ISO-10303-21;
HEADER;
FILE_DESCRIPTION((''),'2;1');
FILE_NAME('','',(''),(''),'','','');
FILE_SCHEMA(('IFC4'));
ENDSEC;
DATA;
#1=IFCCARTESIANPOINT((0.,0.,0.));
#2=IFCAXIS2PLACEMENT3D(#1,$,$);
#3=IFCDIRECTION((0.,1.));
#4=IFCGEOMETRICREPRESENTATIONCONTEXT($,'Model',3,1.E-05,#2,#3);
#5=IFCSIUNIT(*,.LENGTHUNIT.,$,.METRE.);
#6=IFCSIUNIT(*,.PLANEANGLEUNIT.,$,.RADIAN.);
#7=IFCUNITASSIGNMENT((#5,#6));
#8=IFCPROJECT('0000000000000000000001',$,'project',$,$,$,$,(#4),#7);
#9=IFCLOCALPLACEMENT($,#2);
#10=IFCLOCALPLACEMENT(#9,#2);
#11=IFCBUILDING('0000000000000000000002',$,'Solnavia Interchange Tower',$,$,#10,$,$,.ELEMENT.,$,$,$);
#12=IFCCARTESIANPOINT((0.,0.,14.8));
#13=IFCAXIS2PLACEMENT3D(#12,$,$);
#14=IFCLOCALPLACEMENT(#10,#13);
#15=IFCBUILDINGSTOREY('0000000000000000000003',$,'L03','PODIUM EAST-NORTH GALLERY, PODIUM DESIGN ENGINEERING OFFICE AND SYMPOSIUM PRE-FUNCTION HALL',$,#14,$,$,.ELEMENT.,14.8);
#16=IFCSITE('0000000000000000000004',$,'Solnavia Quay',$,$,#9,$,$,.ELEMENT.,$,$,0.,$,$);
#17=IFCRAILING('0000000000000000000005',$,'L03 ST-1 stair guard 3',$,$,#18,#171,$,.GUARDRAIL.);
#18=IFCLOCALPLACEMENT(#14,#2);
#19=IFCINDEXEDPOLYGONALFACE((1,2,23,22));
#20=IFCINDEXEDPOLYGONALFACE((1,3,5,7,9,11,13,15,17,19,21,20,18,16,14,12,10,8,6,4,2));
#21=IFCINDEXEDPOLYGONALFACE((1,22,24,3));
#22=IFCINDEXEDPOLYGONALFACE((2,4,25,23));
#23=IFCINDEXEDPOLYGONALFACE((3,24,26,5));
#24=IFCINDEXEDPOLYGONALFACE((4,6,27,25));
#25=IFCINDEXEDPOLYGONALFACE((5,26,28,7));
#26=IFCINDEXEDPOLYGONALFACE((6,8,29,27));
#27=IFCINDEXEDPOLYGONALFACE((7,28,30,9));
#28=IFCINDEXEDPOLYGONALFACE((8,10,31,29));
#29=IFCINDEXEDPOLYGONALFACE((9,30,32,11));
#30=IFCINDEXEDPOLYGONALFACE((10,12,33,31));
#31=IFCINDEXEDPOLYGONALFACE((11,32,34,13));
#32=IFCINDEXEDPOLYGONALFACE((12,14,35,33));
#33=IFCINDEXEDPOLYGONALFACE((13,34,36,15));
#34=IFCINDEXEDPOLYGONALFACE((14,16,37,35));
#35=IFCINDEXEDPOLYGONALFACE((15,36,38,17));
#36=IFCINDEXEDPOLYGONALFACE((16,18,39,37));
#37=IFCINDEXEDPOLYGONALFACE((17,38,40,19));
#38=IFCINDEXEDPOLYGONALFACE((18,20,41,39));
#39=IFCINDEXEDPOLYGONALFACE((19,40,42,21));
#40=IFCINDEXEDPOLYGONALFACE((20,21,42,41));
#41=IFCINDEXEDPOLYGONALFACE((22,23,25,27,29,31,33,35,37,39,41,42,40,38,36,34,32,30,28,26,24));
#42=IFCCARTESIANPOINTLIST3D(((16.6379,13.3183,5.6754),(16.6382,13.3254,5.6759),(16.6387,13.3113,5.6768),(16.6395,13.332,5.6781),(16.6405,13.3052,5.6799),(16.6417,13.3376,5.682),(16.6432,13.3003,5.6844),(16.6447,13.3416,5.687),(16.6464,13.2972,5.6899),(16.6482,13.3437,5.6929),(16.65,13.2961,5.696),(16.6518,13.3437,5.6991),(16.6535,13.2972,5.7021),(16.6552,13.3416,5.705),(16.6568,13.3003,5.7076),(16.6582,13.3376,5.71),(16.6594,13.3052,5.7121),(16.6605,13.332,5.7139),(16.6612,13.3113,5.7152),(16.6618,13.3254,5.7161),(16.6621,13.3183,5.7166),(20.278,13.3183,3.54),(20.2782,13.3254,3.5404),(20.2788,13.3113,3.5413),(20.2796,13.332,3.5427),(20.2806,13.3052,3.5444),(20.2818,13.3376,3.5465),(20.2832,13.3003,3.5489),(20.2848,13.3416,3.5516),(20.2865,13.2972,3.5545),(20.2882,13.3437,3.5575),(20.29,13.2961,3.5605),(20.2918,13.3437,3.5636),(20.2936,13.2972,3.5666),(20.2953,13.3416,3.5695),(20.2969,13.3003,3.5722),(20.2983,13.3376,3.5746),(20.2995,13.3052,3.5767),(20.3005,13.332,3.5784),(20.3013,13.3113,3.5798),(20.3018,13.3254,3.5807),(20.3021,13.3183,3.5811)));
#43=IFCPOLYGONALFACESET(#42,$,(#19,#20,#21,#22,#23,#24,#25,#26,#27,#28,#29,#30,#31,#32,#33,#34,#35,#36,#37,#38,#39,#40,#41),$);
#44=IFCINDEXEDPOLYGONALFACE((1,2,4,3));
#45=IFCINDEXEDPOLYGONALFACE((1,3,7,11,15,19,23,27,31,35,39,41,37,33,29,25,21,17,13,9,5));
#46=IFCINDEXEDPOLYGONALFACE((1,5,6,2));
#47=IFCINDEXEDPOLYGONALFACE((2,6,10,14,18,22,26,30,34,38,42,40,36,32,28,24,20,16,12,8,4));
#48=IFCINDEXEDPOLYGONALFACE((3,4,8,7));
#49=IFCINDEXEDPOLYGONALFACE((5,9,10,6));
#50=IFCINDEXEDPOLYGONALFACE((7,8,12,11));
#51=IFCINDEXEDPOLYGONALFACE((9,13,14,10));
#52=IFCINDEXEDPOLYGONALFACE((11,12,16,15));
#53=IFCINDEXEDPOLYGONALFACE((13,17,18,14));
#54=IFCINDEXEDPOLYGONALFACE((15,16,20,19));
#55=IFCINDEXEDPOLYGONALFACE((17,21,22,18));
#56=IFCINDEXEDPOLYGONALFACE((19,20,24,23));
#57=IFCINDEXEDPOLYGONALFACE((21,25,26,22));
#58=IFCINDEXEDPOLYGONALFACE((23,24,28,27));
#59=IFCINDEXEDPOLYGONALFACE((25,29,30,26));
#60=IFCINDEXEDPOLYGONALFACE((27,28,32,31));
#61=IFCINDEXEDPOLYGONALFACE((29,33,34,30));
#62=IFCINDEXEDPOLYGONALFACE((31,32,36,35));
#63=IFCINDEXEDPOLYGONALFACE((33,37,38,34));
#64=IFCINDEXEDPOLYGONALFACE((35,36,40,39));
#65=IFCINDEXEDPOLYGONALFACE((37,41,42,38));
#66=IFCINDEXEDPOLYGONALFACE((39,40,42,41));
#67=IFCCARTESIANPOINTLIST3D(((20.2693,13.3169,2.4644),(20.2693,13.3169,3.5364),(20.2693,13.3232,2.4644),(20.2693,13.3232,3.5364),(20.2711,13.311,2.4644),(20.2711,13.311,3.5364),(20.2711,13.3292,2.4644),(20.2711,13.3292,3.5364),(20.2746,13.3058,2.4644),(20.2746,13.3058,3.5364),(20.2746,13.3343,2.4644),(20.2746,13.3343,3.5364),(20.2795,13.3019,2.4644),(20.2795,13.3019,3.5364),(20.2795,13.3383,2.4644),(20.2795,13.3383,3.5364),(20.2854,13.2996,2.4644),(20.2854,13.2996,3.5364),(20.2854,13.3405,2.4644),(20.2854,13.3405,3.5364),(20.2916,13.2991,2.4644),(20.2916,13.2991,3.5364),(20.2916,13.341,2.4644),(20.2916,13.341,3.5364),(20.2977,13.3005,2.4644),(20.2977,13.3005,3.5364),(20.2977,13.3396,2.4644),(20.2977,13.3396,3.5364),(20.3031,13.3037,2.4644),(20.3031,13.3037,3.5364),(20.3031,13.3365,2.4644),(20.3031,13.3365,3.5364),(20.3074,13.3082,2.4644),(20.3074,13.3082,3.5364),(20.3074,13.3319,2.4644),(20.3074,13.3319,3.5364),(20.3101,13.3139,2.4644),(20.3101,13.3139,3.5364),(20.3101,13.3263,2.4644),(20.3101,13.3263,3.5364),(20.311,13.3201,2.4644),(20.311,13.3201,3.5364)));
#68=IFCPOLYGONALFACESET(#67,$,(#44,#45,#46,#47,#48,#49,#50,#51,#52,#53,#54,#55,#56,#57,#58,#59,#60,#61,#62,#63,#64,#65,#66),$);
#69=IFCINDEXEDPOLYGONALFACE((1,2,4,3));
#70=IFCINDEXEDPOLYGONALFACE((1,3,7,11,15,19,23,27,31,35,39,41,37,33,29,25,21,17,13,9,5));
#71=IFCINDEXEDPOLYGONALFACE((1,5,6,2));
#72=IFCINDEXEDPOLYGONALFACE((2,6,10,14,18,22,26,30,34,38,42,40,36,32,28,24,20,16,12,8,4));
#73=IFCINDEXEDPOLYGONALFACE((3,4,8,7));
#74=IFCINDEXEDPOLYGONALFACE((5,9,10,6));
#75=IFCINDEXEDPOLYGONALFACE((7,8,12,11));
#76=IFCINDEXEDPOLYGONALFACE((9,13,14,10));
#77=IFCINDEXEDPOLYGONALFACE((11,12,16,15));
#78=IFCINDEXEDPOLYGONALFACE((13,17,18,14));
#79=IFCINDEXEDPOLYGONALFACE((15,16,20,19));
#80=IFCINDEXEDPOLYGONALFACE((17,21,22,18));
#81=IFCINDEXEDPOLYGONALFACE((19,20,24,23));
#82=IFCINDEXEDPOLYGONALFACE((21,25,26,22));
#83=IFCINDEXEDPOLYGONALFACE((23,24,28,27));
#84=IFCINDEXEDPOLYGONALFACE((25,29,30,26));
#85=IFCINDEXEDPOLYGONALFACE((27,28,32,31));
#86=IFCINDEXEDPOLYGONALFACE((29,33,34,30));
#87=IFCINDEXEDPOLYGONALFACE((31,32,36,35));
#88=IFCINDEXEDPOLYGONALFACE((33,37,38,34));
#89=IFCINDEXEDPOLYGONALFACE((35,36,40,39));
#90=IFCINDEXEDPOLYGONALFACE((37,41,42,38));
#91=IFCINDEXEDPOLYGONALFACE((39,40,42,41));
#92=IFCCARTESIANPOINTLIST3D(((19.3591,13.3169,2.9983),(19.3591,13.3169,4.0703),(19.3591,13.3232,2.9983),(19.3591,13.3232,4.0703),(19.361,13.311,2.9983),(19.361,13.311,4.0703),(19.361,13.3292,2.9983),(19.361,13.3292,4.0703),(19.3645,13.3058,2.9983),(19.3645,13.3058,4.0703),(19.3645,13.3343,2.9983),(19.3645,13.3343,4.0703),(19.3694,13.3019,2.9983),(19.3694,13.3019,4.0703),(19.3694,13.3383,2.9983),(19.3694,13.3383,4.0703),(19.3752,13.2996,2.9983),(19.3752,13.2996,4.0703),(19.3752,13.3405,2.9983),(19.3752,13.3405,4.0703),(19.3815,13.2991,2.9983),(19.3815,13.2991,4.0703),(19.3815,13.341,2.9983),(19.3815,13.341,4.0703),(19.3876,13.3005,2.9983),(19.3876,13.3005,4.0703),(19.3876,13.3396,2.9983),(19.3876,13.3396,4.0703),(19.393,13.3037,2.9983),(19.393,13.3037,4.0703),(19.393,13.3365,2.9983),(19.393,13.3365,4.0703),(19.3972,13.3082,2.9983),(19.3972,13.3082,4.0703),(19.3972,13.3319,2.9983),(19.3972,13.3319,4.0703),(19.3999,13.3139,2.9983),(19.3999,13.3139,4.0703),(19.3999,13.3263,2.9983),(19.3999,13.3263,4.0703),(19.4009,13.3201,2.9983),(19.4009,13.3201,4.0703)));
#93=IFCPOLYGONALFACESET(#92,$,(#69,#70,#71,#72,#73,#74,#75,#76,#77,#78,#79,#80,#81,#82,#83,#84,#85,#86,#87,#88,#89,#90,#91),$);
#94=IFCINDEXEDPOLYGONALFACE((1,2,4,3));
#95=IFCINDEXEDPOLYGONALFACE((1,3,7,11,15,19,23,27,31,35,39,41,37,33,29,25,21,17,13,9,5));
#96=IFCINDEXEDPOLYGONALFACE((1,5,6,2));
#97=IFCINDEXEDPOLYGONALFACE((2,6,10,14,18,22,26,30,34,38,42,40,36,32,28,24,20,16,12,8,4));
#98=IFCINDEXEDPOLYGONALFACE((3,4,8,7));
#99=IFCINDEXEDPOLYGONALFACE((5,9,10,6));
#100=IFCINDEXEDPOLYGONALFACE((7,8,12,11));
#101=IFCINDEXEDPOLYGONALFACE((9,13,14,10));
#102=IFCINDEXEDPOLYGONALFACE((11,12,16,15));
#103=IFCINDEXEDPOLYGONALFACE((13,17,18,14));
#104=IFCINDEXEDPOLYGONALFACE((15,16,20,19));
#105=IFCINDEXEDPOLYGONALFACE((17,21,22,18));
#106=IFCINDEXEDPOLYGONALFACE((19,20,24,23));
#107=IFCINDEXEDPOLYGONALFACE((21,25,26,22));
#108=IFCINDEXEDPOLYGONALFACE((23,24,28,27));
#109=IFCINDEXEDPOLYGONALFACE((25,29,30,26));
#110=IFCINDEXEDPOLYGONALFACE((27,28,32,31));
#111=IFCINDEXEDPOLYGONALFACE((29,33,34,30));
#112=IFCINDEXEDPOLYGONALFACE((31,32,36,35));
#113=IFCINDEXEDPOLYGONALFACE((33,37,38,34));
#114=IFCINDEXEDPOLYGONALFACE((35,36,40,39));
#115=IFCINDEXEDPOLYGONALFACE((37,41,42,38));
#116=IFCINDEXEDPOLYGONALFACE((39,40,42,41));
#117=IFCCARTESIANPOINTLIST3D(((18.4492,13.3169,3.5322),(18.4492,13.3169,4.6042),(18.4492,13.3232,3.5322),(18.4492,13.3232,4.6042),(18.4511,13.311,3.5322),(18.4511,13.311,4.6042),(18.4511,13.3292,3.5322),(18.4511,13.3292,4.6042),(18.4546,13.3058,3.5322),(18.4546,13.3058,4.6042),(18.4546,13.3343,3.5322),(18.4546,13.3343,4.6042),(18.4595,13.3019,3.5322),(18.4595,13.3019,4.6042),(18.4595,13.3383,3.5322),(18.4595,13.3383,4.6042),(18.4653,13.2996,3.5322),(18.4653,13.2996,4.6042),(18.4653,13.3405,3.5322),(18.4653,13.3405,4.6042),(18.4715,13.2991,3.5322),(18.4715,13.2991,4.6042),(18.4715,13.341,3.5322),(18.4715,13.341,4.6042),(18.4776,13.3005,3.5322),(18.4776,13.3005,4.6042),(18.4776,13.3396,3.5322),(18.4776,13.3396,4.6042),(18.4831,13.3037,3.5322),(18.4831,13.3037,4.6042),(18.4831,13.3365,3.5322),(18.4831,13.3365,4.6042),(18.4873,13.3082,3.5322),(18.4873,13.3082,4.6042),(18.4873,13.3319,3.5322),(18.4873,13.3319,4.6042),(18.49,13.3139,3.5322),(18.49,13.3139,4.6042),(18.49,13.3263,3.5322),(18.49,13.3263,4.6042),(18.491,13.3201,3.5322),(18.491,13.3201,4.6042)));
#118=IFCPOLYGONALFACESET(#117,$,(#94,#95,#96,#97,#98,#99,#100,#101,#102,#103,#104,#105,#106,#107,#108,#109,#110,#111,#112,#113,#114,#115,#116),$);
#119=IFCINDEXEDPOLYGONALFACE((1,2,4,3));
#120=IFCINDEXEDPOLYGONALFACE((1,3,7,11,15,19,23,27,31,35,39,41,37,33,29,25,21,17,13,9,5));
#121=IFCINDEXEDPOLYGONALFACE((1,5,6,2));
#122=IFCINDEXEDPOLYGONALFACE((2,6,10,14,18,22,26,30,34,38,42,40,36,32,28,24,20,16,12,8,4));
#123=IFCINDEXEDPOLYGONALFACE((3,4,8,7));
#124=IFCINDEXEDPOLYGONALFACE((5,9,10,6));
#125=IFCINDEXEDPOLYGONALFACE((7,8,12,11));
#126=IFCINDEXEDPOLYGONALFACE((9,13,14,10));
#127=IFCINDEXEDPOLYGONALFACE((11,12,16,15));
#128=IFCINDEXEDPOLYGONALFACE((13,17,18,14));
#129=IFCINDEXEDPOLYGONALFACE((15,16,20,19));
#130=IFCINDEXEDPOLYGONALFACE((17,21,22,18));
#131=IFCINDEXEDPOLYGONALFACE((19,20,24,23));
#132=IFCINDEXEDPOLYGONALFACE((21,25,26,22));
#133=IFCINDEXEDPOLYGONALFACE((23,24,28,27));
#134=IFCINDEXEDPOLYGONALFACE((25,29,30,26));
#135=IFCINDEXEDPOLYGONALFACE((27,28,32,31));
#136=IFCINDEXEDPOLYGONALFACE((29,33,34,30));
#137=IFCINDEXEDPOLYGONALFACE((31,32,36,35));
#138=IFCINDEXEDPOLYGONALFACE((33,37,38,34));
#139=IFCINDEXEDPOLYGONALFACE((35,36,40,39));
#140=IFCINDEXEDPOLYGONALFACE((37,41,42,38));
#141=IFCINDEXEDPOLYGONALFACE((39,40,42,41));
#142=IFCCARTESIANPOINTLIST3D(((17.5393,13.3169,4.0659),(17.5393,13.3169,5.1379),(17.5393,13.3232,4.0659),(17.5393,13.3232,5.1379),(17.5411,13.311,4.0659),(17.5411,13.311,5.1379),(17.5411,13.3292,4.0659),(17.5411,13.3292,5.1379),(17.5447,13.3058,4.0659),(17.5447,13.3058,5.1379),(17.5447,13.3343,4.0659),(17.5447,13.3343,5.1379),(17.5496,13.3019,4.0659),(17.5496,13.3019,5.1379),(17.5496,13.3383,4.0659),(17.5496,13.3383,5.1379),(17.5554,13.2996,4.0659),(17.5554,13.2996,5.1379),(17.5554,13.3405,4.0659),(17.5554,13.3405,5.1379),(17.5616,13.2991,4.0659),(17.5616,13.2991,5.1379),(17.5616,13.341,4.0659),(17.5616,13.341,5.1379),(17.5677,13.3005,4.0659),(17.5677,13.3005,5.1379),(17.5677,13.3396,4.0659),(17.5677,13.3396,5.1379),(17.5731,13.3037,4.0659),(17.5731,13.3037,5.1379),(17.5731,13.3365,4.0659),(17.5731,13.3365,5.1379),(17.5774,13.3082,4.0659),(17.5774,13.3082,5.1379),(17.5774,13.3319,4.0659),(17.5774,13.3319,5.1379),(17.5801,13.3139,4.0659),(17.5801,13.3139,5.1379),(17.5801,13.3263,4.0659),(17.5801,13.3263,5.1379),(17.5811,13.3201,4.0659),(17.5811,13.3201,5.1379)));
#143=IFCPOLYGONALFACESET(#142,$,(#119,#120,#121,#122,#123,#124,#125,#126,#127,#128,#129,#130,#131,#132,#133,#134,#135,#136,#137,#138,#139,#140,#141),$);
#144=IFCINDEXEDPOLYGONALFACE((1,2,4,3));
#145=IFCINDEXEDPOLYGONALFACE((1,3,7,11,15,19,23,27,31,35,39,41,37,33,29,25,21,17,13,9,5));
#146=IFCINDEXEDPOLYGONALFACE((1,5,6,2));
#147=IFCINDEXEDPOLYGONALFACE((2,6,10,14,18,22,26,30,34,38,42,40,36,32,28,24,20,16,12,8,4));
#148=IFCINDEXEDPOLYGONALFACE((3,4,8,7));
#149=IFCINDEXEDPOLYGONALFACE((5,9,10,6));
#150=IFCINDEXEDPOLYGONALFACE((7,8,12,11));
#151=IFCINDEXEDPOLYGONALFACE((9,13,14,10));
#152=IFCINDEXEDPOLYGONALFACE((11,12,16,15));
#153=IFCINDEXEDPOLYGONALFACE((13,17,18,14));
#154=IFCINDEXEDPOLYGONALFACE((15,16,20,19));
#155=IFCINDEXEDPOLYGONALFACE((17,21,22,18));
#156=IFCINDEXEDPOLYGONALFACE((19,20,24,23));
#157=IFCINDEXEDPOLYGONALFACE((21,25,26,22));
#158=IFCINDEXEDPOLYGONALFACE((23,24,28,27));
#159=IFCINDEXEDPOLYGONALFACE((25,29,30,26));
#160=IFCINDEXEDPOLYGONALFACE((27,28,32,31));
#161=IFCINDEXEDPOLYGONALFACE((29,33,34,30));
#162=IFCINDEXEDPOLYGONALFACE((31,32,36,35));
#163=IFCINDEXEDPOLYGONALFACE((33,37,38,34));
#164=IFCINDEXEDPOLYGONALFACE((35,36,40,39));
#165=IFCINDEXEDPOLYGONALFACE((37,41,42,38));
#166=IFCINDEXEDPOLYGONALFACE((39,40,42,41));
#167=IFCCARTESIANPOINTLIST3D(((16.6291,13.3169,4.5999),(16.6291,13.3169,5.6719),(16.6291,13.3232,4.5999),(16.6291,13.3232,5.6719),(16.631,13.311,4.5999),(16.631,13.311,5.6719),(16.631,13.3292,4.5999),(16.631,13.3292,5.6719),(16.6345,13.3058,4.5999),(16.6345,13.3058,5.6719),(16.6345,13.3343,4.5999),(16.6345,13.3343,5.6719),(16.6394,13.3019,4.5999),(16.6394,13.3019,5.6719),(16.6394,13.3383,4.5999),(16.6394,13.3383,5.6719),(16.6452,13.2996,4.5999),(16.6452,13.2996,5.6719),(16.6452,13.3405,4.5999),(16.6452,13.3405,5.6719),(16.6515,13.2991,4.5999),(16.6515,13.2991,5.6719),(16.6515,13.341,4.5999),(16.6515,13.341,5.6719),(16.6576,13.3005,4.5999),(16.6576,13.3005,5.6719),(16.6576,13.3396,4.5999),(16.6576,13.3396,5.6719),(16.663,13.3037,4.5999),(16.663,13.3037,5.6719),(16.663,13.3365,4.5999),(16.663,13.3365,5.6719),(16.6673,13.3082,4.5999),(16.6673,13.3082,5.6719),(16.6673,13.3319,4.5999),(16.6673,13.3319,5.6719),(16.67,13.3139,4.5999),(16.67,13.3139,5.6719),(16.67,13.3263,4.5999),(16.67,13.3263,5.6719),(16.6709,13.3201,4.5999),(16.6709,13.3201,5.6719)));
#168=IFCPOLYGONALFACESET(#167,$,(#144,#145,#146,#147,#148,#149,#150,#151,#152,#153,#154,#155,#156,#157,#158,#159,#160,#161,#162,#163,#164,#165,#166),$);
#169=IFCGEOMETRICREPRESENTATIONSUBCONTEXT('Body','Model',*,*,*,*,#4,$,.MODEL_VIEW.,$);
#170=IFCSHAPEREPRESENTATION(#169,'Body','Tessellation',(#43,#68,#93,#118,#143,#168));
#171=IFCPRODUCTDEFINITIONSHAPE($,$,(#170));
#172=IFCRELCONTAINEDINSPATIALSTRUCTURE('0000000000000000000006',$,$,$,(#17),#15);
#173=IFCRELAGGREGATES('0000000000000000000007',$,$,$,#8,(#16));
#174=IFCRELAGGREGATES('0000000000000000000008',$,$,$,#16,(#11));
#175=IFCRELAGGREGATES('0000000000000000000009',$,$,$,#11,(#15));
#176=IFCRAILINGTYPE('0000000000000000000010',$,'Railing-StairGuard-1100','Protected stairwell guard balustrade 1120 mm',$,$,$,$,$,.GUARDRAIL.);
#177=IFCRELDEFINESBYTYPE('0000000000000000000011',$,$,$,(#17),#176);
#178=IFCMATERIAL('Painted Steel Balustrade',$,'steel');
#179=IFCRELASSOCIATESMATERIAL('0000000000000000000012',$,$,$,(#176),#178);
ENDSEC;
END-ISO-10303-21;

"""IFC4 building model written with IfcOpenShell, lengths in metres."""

from ifc_helpers import new_model, si_unit, direction, frame, origin, origin_2d, place, context, subcontext, project, spatial, circle, extrude, material, type_object, element, save


model = new_model("IFC4")

# Units and contexts
model_context = context("Model", 3, precision=1e-05, world=origin(), true_north=direction((0.0, 1.0)))
body_context = subcontext(model_context, "Body", "Model", "MODEL_VIEW")
ifc_project = project(units=[si_unit("LENGTHUNIT", "METRE"), si_unit("PLANEANGLEUNIT", "RADIAN")], contexts=[model_context])

# Site, building, storey
site_placement = place(None, origin())
site = spatial("IfcSite", under=ifc_project, at=site_placement, Name="Solnavia Quay", CompositionType="ELEMENT", RefElevation=0.0)
building_placement = place(site_placement, origin())
building = spatial("IfcBuilding", under=site, at=building_placement, Name="Solnavia Interchange Tower", CompositionType="ELEMENT")
storey_placement = place(building_placement, frame((0.0, 0.0, 14.8)))
storey = spatial("IfcBuildingStorey", under=building, at=storey_placement, Name="L03", Description="PODIUM EAST-NORTH GALLERY, PODIUM DESIGN ENGINEERING OFFICE AND SYMPOSIUM PRE-FUNCTION HALL", CompositionType="ELEMENT", Elevation=14.8)

# Railing
ifc_material_1 = material(Name="Painted Steel Balustrade", Category="steel")
railing_type_1 = type_object("IfcRailingType", Name="Railing-StairGuard-1100", Description="Protected stairwell guard balustrade 1120 mm", PredefinedType="GUARDRAIL", material=ifc_material_1)
railing_1_placement = place(storey_placement, frame((20.29, 13.3201, 2.4644)))
element("IfcRailing", 1, at=railing_1_placement, inside=storey, type_object=railing_type_1, Name="L03 ST-1 stair guard 3", PredefinedType="GUARDRAIL", context=body_context, shape_type="SweptSolid", body=[
    extrude(circle(Radius=0.0239, at=origin_2d()), frame((0.0, 0.0, 1.0962), z_axis=(-0.86253, 0.0, 0.506006), x_axis=(0.0, -1.0, 0.0)), (0.0, 0.0, 1.0), 4.2202),
    extrude(circle(Radius=0.021, at=origin_2d()), origin(), (0.0, 0.0, 1.0), 1.072),
    extrude(circle(Radius=0.021, at=origin_2d()), frame((-0.9102, 0.0, 0.5339)), (0.0, 0.0, 1.0), 1.072),
    extrude(circle(Radius=0.021, at=origin_2d()), frame((-1.8201, 0.0, 1.0679)), (0.0, 0.0, 1.0), 1.072),
    extrude(circle(Radius=0.021, at=origin_2d()), frame((-2.73, 0.0, 1.6016)), (0.0, 0.0, 1.0), 1.072),
    extrude(circle(Radius=0.021, at=origin_2d()), frame((-3.6401, 0.0, 2.1355)), (0.0, 0.0, 1.0), 1.072),
])

save(model, "model.ifc")
